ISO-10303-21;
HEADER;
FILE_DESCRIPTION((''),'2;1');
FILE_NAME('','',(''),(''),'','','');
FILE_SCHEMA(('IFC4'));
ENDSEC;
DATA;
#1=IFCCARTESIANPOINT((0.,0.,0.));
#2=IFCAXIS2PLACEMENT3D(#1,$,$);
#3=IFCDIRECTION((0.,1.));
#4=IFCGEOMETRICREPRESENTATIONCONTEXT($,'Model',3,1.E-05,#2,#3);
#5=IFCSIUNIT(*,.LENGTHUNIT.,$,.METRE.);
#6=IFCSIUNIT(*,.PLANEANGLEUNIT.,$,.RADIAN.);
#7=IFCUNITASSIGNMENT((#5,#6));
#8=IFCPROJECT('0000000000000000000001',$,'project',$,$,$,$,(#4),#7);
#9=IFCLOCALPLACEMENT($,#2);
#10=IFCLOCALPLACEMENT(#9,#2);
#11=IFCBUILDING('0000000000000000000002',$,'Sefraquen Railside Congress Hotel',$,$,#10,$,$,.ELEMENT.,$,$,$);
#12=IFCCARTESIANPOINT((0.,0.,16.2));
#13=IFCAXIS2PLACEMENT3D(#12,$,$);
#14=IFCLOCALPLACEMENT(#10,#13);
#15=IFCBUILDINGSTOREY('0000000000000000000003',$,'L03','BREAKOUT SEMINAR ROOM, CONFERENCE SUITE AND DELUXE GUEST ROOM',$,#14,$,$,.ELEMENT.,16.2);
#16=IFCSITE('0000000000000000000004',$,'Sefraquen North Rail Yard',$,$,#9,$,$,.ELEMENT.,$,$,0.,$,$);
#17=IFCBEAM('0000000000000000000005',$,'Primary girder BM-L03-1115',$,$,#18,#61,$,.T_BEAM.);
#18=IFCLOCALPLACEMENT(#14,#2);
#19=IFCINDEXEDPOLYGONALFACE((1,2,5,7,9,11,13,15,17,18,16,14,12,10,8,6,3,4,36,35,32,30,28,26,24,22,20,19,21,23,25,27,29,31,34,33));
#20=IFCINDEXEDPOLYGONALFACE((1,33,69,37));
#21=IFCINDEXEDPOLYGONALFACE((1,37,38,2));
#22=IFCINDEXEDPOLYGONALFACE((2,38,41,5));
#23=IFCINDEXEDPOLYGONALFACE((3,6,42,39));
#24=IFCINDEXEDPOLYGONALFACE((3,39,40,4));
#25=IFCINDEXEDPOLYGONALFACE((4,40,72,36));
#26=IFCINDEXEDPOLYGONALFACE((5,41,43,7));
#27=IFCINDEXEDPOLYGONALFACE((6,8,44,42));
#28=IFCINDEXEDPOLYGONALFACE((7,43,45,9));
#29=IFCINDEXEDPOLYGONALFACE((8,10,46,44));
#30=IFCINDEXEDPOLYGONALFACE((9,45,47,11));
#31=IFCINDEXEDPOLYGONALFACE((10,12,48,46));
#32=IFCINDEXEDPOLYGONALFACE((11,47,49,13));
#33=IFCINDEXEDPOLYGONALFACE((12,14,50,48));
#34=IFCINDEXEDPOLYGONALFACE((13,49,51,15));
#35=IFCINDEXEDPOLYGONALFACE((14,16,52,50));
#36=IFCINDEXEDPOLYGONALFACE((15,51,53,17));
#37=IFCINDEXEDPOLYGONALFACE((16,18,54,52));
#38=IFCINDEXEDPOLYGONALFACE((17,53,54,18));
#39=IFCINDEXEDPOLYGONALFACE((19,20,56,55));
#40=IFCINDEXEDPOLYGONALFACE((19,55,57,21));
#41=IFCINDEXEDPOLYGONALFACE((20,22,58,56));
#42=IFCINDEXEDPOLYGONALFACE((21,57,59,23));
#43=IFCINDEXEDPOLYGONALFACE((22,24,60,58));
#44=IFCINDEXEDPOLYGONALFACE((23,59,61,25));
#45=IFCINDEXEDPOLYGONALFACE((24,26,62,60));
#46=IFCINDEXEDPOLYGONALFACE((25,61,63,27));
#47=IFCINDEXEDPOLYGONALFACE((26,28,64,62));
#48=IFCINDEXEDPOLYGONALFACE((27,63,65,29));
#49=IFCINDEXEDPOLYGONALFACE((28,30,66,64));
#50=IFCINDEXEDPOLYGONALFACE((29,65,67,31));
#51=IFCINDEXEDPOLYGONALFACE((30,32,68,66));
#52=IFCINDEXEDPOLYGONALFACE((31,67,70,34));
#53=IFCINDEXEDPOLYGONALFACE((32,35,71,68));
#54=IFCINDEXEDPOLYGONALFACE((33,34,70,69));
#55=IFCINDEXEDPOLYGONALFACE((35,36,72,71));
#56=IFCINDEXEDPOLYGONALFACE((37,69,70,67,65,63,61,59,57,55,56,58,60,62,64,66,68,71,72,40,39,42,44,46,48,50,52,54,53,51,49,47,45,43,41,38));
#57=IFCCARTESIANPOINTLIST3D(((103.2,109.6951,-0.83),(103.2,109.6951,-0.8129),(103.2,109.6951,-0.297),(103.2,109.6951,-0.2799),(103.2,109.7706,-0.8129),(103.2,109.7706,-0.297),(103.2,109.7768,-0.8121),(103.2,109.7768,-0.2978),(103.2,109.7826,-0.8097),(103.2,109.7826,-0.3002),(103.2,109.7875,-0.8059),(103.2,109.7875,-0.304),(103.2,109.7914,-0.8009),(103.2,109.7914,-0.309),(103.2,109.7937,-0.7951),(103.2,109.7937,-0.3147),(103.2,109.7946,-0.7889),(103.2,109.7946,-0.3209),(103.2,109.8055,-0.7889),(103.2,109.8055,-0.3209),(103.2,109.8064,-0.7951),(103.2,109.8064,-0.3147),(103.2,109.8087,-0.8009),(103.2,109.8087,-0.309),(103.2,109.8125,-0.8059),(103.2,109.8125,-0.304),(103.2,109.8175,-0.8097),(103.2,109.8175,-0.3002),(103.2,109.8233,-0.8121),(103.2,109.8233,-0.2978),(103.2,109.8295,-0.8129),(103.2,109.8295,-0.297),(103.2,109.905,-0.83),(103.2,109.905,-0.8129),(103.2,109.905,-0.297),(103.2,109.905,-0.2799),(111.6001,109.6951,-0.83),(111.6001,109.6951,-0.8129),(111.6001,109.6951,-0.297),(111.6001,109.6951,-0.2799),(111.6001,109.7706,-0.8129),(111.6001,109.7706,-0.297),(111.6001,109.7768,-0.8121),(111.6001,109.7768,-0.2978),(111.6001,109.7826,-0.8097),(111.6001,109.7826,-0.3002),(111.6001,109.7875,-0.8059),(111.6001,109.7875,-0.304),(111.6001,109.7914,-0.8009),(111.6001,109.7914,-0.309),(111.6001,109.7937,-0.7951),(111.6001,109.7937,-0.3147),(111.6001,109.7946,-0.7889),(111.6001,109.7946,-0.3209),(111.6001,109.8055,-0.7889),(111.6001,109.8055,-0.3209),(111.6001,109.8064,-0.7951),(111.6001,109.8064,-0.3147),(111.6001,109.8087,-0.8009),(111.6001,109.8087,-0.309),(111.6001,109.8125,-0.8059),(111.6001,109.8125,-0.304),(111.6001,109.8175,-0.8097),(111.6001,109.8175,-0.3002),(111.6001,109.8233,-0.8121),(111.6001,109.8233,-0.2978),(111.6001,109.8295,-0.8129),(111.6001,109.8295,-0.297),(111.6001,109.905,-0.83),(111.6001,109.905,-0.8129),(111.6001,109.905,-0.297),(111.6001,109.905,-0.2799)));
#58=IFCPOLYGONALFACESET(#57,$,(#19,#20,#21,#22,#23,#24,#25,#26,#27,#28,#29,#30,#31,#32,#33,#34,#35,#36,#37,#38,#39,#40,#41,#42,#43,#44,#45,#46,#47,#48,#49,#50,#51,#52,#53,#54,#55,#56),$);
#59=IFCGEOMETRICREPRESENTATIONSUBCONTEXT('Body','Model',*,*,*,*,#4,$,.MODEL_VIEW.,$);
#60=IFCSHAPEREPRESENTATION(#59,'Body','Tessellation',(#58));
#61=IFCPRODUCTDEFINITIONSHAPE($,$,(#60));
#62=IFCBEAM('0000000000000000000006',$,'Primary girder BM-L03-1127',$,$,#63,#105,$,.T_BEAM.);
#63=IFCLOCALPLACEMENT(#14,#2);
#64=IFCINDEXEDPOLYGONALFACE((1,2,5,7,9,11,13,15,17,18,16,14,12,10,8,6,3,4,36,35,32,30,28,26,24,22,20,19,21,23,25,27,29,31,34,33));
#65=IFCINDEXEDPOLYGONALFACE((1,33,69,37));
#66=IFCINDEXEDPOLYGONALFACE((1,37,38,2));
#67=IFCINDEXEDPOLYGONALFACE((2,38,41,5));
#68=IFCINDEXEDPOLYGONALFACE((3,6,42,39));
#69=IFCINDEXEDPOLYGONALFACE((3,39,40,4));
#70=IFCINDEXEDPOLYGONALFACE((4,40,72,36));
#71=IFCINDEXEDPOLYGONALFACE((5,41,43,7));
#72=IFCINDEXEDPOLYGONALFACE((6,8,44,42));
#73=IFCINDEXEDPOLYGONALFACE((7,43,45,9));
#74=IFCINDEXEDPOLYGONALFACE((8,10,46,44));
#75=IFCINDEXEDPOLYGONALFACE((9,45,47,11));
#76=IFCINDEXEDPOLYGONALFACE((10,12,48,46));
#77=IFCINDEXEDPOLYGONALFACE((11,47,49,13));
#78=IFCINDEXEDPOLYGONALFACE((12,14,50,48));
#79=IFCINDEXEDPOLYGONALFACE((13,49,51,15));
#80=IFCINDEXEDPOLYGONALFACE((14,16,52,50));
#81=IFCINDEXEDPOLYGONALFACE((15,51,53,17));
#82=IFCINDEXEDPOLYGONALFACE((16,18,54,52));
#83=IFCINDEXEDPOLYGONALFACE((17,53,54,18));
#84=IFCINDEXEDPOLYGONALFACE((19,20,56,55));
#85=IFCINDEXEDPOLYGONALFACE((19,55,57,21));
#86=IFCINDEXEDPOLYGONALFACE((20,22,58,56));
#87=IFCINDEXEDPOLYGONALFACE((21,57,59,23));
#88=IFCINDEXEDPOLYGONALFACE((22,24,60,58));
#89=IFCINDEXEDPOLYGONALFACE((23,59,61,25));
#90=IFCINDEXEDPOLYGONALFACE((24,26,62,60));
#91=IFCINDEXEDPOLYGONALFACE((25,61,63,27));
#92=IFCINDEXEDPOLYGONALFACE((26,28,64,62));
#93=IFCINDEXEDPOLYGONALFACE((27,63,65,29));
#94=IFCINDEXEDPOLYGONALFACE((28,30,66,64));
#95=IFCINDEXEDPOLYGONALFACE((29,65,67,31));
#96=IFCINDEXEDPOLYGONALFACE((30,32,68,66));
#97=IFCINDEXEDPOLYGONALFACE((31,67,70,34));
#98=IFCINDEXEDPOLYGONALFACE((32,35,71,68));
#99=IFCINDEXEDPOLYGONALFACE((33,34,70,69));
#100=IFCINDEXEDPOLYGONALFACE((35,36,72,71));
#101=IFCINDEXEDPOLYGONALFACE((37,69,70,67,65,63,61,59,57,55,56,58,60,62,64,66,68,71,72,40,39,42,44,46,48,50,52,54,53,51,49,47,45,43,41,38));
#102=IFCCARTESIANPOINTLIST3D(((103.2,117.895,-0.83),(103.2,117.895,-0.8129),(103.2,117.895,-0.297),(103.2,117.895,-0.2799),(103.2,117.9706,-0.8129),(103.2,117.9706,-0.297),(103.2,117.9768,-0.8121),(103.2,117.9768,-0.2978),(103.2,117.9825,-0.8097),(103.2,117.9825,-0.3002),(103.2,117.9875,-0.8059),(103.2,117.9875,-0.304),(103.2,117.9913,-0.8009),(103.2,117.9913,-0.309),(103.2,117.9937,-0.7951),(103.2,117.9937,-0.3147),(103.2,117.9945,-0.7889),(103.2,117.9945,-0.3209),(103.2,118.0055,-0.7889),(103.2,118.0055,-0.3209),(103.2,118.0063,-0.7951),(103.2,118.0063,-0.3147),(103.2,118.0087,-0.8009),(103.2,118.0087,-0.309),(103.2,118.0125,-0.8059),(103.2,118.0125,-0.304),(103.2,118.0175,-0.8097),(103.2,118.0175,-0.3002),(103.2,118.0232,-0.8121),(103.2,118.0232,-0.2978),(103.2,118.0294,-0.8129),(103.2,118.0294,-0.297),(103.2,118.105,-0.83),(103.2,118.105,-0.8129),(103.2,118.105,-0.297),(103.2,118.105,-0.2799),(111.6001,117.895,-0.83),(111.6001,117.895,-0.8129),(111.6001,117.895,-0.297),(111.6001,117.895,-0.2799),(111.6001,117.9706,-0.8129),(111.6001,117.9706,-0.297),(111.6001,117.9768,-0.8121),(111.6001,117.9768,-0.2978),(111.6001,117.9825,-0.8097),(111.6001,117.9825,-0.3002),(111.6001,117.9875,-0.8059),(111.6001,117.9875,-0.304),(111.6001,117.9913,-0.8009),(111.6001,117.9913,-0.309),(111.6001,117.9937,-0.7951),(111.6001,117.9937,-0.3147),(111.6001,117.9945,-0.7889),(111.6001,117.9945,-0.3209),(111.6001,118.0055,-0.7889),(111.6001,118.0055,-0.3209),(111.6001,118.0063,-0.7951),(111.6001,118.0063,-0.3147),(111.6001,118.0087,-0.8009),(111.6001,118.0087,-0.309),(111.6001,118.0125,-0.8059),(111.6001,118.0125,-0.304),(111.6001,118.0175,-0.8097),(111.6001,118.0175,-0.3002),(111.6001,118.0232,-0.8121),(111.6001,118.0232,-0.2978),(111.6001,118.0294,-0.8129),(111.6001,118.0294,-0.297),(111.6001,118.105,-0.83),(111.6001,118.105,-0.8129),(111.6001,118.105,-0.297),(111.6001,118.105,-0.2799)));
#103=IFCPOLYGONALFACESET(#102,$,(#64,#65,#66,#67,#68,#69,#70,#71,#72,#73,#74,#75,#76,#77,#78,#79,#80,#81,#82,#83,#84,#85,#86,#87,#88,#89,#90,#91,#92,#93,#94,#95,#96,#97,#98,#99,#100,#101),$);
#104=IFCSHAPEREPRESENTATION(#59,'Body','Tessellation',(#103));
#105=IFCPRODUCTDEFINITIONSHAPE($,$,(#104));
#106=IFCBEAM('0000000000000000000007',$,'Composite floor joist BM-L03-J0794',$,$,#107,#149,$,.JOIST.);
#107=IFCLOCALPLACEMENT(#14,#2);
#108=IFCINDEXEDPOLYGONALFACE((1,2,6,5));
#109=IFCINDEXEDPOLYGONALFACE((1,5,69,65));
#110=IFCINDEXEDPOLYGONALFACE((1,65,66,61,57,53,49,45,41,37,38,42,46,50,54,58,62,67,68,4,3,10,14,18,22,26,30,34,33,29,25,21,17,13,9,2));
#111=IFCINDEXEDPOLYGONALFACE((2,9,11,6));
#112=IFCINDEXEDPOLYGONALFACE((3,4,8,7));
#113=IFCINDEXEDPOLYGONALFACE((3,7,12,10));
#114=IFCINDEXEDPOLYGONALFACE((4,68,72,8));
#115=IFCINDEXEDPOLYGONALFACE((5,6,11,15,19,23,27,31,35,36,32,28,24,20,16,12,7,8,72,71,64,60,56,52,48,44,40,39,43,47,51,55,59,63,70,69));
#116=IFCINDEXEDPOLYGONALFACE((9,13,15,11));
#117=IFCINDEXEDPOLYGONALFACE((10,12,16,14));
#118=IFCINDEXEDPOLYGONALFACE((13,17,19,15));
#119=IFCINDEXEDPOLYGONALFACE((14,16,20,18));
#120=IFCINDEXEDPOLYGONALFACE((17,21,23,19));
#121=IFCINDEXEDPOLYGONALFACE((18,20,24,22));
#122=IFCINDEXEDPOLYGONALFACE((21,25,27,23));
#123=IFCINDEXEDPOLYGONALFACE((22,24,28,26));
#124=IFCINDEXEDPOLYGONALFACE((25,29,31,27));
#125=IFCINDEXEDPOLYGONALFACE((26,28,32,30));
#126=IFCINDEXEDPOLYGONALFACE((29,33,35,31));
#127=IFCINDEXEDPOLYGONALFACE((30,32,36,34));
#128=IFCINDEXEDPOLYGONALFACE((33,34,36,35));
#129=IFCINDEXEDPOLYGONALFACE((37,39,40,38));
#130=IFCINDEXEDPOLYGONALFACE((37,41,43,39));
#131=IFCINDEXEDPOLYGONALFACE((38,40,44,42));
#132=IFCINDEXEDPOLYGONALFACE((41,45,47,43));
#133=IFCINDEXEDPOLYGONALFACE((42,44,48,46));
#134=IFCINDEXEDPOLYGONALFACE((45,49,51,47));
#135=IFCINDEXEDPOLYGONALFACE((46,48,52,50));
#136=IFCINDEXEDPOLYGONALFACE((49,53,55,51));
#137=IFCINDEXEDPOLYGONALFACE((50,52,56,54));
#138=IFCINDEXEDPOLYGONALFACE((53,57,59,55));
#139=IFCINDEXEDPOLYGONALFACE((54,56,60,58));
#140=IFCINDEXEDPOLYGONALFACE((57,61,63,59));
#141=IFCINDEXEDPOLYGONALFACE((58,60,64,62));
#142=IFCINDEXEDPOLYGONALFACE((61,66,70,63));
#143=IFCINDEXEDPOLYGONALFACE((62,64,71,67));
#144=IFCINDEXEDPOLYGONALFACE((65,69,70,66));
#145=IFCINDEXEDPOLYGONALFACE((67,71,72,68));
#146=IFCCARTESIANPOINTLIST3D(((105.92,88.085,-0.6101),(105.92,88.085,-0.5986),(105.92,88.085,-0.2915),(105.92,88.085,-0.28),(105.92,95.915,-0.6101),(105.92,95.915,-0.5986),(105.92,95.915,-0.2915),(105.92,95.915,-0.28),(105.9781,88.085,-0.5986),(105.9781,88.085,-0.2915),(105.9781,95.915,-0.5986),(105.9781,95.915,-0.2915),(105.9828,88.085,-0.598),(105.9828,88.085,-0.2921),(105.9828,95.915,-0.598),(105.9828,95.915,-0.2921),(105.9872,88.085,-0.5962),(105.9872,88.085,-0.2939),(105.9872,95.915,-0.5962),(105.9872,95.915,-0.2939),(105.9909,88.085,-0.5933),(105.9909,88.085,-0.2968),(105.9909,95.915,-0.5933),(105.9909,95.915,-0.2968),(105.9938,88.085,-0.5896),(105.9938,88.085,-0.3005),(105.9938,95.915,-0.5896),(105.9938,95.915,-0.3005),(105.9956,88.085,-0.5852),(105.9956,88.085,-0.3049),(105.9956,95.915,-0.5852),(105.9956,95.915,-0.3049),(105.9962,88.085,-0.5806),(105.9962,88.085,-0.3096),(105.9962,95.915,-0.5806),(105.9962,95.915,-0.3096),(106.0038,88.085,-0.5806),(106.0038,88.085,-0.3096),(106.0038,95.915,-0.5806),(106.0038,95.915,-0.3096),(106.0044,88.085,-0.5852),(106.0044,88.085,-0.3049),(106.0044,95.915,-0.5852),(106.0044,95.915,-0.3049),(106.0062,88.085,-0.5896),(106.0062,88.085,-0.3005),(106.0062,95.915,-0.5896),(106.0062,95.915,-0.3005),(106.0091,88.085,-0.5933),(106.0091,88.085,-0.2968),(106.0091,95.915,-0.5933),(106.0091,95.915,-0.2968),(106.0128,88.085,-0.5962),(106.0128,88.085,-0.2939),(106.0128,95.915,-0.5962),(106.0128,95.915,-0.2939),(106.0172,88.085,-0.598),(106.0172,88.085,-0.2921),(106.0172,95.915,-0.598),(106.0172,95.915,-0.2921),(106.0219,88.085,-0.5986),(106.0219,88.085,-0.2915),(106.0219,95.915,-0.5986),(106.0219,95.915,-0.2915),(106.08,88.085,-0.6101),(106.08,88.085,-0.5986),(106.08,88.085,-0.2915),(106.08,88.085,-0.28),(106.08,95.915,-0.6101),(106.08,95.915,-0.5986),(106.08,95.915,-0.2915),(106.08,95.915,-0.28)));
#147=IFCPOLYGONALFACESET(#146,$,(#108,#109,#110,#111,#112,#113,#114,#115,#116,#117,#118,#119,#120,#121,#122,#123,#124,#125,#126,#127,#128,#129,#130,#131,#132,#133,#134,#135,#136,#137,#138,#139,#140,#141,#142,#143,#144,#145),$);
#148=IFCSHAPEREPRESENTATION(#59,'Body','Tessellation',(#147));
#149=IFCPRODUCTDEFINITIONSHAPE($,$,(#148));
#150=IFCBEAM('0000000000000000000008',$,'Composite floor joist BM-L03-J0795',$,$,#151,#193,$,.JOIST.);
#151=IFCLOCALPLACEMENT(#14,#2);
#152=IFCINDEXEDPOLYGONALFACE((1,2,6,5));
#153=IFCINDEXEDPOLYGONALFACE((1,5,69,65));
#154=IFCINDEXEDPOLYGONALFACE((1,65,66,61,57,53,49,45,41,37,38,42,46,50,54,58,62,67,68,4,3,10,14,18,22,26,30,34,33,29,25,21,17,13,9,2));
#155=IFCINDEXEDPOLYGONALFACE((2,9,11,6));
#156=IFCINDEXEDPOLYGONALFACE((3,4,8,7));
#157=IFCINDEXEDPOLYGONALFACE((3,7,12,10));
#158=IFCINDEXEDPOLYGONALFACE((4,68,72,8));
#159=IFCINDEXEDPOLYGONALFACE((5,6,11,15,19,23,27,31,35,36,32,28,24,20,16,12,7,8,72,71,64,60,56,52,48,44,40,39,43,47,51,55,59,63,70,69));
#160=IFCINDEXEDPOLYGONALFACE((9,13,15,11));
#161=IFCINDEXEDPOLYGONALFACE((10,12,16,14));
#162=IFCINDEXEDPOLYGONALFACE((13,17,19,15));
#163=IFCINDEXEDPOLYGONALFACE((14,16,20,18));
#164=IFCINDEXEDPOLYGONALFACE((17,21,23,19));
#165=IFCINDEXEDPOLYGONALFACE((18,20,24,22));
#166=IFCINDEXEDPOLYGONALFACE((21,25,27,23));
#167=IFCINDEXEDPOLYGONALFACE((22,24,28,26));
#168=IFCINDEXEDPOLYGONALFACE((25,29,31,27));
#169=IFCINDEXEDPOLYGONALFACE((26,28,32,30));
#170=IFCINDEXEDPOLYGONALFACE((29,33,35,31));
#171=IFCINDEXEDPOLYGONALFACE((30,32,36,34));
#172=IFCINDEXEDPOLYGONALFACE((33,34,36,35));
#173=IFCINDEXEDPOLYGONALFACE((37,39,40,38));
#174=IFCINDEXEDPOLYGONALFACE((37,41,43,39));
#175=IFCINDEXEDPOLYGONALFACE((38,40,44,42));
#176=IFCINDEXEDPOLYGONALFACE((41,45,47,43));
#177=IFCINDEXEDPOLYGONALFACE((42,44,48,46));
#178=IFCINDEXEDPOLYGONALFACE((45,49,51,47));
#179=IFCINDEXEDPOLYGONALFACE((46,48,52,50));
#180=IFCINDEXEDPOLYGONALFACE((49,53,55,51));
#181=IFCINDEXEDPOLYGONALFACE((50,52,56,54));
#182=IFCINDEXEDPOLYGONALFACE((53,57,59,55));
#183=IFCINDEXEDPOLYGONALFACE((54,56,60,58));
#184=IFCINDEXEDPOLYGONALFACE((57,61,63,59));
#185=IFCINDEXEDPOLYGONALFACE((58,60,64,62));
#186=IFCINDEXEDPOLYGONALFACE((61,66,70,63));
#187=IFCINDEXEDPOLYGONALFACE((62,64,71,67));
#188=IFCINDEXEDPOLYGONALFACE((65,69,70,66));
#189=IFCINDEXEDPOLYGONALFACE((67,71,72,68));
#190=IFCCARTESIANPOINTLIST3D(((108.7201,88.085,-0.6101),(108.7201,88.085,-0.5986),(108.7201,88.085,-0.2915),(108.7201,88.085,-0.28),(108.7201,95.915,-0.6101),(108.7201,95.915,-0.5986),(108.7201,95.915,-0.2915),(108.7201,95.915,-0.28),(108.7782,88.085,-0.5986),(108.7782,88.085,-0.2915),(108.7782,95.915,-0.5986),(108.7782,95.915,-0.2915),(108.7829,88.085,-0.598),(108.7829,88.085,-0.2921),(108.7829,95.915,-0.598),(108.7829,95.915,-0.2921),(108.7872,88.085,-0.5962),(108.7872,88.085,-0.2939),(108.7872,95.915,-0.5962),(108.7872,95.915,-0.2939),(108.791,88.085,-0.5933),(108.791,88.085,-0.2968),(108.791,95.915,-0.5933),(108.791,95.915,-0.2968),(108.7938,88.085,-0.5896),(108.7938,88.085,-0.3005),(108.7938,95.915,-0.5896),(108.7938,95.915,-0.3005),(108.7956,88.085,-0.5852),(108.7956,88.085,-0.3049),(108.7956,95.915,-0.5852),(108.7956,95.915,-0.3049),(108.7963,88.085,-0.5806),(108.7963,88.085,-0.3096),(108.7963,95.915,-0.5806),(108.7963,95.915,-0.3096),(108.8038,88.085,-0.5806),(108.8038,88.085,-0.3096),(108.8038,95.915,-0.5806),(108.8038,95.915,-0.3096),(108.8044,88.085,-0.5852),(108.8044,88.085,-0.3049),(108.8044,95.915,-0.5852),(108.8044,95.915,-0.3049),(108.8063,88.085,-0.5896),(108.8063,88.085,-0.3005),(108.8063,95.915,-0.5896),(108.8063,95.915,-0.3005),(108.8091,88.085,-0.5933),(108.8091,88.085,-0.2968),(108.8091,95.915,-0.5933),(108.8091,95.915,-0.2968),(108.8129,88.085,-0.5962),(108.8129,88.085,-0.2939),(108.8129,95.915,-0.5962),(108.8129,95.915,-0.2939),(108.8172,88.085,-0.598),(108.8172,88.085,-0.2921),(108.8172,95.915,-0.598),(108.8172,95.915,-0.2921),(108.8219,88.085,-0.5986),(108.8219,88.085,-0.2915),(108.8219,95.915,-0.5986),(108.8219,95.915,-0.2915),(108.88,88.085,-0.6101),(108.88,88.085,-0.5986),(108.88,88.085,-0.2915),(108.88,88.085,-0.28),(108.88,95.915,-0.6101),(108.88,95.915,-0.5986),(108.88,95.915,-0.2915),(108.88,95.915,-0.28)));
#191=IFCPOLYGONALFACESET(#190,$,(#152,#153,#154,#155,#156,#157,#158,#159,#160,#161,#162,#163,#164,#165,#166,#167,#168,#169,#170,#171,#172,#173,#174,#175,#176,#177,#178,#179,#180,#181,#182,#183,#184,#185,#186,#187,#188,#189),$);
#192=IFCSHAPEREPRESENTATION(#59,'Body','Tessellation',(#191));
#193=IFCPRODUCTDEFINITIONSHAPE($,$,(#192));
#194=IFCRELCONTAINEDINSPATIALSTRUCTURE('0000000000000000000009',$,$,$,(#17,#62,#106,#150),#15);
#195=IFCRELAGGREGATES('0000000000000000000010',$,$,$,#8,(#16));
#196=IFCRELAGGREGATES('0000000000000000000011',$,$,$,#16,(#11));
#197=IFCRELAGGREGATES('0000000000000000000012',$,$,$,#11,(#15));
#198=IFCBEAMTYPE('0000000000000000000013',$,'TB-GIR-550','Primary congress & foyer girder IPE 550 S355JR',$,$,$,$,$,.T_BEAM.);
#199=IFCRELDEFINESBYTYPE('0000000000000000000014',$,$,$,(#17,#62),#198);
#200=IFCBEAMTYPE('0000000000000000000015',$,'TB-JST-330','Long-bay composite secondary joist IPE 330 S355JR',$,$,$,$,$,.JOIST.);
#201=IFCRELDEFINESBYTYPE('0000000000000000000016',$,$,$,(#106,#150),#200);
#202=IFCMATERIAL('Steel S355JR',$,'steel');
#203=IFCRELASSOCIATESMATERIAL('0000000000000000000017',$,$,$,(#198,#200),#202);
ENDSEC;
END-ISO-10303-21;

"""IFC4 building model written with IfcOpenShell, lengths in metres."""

from ifc_helpers import new_model, si_unit, direction, frame, origin, origin_2d, place, context, subcontext, project, spatial, i_section, extrude, material, material_profile, profile_set, type_object, element, save


model = new_model("IFC4")

# Units and contexts
model_context = context("Model", 3, precision=1e-05, world=origin(), true_north=direction((0.0, 1.0)))
body_context = subcontext(model_context, "Body", "Model", "MODEL_VIEW")
ifc_project = project(units=[si_unit("LENGTHUNIT", "METRE"), si_unit("PLANEANGLEUNIT", "RADIAN")], contexts=[model_context])

# Site, building, storey
site_placement = place(None, origin())
site = spatial("IfcSite", under=ifc_project, at=site_placement, Name="Sefraquen North Rail Yard", CompositionType="ELEMENT", RefElevation=0.0)
building_placement = place(site_placement, origin())
building = spatial("IfcBuilding", under=site, at=building_placement, Name="Sefraquen Railside Congress Hotel", CompositionType="ELEMENT")
storey_placement = place(building_placement, frame((0.0, 0.0, 16.2)))
storey = spatial("IfcBuildingStorey", under=building, at=storey_placement, Name="L03", Description="BREAKOUT SEMINAR ROOM, CONFERENCE SUITE AND DELUXE GUEST ROOM", CompositionType="ELEMENT", Elevation=16.2)

# Shared definitions
ifc_material_1 = material(Name="Steel S355JR", Category="steel")

# Beams
ifc_material_profile_1 = material_profile(ifc_material_1, i_section(OverallWidth=0.21, OverallDepth=0.55, WebThickness=0.011, FlangeThickness=0.0171, FilletRadius=0.0239, at=origin_2d()), Name="IPE 550")
ifc_profile_set_1 = profile_set([ifc_material_profile_1], Name="Steel S355JR")
beam_type_1 = type_object("IfcBeamType", Name="TB-GIR-550", Description="Primary congress & foyer girder IPE 550 S355JR", PredefinedType="T_BEAM", material=ifc_profile_set_1)
for number, where, z_axis, x_axis, name in (
    (1, (103.2, 109.8, -0.5549), (1.0, 0.0, 0.0), (0.0, 1.0, 0.0), "Primary girder BM-L03-1115"),
    (2, (103.2, 118.0, -0.5549), (1.0, 0.0, 0.0), (0.0, 1.0, 0.0), "Primary girder BM-L03-1127"),
):
    element("IfcBeam", number, at=place(storey_placement, frame(where, z_axis=z_axis, x_axis=x_axis)), inside=storey, type_object=beam_type_1, Name=name, PredefinedType="T_BEAM", context=body_context, shape_type="SweptSolid", body=[
        extrude(i_section(OverallWidth=0.21, OverallDepth=0.55, WebThickness=0.011, FlangeThickness=0.0171, FilletRadius=0.0239, at=origin_2d()), origin(), (0.0, 0.0, 1.0), 8.4001),
    ])
ifc_material_profile_2 = material_profile(ifc_material_1, i_section(OverallWidth=0.1599, OverallDepth=0.3301, WebThickness=0.0076, FlangeThickness=0.0115, FilletRadius=0.0181, at=origin_2d()), Name="IPE 330")
ifc_profile_set_2 = profile_set([ifc_material_profile_2], Name="Steel S355JR")
beam_type_2 = type_object("IfcBeamType", Name="TB-JST-330", Description="Long-bay composite secondary joist IPE 330 S355JR", PredefinedType="JOIST", material=ifc_profile_set_2)
for number, where, z_axis, x_axis, name in (
    (3, (106.0, 88.085, -0.4451), (0.0, 1.0, 0.0), (-1.0, 0.0, 0.0), "Composite floor joist BM-L03-J0794"),
    (4, (108.8, 88.085, -0.4451), (0.0, 1.0, 0.0), (-1.0, 0.0, 0.0), "Composite floor joist BM-L03-J0795"),
):
    element("IfcBeam", number, at=place(storey_placement, frame(where, z_axis=z_axis, x_axis=x_axis)), inside=storey, type_object=beam_type_2, Name=name, PredefinedType="JOIST", context=body_context, shape_type="SweptSolid", body=[
        extrude(i_section(OverallWidth=0.1599, OverallDepth=0.3301, WebThickness=0.0076, FlangeThickness=0.0115, FilletRadius=0.0181, at=origin_2d()), origin(), (0.0, 0.0, 1.0), 7.8301),
    ])

save(model, "model.ifc")
